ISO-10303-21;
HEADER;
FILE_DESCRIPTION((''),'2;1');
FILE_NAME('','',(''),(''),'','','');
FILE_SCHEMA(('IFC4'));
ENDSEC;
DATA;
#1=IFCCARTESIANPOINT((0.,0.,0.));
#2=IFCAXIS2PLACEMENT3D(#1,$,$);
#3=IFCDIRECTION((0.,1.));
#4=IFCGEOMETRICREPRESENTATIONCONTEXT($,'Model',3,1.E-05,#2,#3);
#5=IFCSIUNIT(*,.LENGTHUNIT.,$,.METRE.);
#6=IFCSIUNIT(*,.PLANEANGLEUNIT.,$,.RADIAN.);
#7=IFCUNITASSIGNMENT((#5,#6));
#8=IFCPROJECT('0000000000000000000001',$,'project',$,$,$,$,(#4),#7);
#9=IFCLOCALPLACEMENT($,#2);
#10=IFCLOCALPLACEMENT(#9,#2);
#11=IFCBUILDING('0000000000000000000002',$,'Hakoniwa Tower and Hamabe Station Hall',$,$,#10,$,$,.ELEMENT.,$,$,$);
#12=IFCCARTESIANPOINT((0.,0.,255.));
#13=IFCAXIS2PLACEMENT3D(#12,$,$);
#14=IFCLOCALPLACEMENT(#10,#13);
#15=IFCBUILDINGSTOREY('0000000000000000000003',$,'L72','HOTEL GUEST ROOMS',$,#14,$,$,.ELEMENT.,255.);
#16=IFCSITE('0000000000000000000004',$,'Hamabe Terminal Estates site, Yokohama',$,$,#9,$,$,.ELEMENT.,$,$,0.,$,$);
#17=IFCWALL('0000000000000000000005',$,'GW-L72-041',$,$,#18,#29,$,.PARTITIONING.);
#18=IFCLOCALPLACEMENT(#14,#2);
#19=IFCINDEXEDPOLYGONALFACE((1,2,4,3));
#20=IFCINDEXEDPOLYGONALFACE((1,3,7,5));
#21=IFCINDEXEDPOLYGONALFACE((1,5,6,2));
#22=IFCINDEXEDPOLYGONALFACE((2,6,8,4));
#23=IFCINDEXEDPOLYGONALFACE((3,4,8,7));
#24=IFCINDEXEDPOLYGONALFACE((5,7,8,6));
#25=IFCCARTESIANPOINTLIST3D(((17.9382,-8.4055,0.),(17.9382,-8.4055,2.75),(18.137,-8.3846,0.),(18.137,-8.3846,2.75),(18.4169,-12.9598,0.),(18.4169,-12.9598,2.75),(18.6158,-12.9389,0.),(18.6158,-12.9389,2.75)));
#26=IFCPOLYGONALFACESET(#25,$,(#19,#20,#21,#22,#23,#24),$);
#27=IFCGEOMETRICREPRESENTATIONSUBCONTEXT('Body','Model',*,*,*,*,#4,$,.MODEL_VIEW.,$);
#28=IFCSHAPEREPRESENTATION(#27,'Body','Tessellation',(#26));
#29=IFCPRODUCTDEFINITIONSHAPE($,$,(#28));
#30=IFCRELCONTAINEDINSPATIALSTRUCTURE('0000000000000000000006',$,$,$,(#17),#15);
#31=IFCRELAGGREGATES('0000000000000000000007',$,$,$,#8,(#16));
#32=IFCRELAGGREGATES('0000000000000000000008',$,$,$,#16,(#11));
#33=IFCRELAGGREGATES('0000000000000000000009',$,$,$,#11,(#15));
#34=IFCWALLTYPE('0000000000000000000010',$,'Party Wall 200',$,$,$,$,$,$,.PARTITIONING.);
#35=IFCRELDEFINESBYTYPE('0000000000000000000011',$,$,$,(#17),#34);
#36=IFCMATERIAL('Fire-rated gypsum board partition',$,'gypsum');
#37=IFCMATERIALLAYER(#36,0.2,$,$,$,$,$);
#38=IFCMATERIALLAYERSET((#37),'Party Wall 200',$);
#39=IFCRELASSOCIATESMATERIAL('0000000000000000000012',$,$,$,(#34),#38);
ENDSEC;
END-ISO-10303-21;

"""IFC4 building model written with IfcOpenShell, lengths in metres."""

from ifc_helpers import new_model, si_unit, direction, frame, frame_2d, origin, place, context, subcontext, project, spatial, rectangle, extrude, material, layer, layer_set, type_object, element, save


model = new_model("IFC4")

# Units and contexts
model_context = context("Model", 3, precision=1e-05, world=origin(), true_north=direction((0.0, 1.0)))
body_context = subcontext(model_context, "Body", "Model", "MODEL_VIEW")
ifc_project = project(units=[si_unit("LENGTHUNIT", "METRE"), si_unit("PLANEANGLEUNIT", "RADIAN")], contexts=[model_context])

# Site, building, storey
site_placement = place(None, origin())
site = spatial("IfcSite", under=ifc_project, at=site_placement, Name="Hamabe Terminal Estates site, Yokohama", CompositionType="ELEMENT", RefElevation=0.0)
building_placement = place(site_placement, origin())
building = spatial("IfcBuilding", under=site, at=building_placement, Name="Hakoniwa Tower and Hamabe Station Hall", CompositionType="ELEMENT")
storey_placement = place(building_placement, frame((0.0, 0.0, 255.0)))
storey = spatial("IfcBuildingStorey", under=building, at=storey_placement, Name="L72", Description="HOTEL GUEST ROOMS", CompositionType="ELEMENT", Elevation=255.0)

# Wall
ifc_material_1 = material(Name="Fire-rated gypsum board partition", Category="gypsum")
ifc_layer_1 = layer(ifc_material_1, 0.2)
ifc_layer_set_1 = layer_set([ifc_layer_1], Name="Party Wall 200")
wall_type_1 = type_object("IfcWallType", Name="Party Wall 200", PredefinedType="PARTITIONING", material=ifc_layer_set_1)
wall_1_placement = place(storey_placement, frame((18.5164, -12.9492, 0.0), z_axis=(0.0, 0.0, 1.0), x_axis=(-0.104549, 0.99452, 0.0)))
element("IfcWall", 1, at=wall_1_placement, inside=storey, type_object=wall_type_1, Name="GW-L72-041", PredefinedType="PARTITIONING", context=body_context, shape_type="SweptSolid", body=[
    extrude(rectangle(XDim=4.5793, YDim=0.2, at=frame_2d((2.2896, 0.0))), origin(), (0.0, 0.0, 1.0), 2.75),
])

save(model, "model.ifc")
